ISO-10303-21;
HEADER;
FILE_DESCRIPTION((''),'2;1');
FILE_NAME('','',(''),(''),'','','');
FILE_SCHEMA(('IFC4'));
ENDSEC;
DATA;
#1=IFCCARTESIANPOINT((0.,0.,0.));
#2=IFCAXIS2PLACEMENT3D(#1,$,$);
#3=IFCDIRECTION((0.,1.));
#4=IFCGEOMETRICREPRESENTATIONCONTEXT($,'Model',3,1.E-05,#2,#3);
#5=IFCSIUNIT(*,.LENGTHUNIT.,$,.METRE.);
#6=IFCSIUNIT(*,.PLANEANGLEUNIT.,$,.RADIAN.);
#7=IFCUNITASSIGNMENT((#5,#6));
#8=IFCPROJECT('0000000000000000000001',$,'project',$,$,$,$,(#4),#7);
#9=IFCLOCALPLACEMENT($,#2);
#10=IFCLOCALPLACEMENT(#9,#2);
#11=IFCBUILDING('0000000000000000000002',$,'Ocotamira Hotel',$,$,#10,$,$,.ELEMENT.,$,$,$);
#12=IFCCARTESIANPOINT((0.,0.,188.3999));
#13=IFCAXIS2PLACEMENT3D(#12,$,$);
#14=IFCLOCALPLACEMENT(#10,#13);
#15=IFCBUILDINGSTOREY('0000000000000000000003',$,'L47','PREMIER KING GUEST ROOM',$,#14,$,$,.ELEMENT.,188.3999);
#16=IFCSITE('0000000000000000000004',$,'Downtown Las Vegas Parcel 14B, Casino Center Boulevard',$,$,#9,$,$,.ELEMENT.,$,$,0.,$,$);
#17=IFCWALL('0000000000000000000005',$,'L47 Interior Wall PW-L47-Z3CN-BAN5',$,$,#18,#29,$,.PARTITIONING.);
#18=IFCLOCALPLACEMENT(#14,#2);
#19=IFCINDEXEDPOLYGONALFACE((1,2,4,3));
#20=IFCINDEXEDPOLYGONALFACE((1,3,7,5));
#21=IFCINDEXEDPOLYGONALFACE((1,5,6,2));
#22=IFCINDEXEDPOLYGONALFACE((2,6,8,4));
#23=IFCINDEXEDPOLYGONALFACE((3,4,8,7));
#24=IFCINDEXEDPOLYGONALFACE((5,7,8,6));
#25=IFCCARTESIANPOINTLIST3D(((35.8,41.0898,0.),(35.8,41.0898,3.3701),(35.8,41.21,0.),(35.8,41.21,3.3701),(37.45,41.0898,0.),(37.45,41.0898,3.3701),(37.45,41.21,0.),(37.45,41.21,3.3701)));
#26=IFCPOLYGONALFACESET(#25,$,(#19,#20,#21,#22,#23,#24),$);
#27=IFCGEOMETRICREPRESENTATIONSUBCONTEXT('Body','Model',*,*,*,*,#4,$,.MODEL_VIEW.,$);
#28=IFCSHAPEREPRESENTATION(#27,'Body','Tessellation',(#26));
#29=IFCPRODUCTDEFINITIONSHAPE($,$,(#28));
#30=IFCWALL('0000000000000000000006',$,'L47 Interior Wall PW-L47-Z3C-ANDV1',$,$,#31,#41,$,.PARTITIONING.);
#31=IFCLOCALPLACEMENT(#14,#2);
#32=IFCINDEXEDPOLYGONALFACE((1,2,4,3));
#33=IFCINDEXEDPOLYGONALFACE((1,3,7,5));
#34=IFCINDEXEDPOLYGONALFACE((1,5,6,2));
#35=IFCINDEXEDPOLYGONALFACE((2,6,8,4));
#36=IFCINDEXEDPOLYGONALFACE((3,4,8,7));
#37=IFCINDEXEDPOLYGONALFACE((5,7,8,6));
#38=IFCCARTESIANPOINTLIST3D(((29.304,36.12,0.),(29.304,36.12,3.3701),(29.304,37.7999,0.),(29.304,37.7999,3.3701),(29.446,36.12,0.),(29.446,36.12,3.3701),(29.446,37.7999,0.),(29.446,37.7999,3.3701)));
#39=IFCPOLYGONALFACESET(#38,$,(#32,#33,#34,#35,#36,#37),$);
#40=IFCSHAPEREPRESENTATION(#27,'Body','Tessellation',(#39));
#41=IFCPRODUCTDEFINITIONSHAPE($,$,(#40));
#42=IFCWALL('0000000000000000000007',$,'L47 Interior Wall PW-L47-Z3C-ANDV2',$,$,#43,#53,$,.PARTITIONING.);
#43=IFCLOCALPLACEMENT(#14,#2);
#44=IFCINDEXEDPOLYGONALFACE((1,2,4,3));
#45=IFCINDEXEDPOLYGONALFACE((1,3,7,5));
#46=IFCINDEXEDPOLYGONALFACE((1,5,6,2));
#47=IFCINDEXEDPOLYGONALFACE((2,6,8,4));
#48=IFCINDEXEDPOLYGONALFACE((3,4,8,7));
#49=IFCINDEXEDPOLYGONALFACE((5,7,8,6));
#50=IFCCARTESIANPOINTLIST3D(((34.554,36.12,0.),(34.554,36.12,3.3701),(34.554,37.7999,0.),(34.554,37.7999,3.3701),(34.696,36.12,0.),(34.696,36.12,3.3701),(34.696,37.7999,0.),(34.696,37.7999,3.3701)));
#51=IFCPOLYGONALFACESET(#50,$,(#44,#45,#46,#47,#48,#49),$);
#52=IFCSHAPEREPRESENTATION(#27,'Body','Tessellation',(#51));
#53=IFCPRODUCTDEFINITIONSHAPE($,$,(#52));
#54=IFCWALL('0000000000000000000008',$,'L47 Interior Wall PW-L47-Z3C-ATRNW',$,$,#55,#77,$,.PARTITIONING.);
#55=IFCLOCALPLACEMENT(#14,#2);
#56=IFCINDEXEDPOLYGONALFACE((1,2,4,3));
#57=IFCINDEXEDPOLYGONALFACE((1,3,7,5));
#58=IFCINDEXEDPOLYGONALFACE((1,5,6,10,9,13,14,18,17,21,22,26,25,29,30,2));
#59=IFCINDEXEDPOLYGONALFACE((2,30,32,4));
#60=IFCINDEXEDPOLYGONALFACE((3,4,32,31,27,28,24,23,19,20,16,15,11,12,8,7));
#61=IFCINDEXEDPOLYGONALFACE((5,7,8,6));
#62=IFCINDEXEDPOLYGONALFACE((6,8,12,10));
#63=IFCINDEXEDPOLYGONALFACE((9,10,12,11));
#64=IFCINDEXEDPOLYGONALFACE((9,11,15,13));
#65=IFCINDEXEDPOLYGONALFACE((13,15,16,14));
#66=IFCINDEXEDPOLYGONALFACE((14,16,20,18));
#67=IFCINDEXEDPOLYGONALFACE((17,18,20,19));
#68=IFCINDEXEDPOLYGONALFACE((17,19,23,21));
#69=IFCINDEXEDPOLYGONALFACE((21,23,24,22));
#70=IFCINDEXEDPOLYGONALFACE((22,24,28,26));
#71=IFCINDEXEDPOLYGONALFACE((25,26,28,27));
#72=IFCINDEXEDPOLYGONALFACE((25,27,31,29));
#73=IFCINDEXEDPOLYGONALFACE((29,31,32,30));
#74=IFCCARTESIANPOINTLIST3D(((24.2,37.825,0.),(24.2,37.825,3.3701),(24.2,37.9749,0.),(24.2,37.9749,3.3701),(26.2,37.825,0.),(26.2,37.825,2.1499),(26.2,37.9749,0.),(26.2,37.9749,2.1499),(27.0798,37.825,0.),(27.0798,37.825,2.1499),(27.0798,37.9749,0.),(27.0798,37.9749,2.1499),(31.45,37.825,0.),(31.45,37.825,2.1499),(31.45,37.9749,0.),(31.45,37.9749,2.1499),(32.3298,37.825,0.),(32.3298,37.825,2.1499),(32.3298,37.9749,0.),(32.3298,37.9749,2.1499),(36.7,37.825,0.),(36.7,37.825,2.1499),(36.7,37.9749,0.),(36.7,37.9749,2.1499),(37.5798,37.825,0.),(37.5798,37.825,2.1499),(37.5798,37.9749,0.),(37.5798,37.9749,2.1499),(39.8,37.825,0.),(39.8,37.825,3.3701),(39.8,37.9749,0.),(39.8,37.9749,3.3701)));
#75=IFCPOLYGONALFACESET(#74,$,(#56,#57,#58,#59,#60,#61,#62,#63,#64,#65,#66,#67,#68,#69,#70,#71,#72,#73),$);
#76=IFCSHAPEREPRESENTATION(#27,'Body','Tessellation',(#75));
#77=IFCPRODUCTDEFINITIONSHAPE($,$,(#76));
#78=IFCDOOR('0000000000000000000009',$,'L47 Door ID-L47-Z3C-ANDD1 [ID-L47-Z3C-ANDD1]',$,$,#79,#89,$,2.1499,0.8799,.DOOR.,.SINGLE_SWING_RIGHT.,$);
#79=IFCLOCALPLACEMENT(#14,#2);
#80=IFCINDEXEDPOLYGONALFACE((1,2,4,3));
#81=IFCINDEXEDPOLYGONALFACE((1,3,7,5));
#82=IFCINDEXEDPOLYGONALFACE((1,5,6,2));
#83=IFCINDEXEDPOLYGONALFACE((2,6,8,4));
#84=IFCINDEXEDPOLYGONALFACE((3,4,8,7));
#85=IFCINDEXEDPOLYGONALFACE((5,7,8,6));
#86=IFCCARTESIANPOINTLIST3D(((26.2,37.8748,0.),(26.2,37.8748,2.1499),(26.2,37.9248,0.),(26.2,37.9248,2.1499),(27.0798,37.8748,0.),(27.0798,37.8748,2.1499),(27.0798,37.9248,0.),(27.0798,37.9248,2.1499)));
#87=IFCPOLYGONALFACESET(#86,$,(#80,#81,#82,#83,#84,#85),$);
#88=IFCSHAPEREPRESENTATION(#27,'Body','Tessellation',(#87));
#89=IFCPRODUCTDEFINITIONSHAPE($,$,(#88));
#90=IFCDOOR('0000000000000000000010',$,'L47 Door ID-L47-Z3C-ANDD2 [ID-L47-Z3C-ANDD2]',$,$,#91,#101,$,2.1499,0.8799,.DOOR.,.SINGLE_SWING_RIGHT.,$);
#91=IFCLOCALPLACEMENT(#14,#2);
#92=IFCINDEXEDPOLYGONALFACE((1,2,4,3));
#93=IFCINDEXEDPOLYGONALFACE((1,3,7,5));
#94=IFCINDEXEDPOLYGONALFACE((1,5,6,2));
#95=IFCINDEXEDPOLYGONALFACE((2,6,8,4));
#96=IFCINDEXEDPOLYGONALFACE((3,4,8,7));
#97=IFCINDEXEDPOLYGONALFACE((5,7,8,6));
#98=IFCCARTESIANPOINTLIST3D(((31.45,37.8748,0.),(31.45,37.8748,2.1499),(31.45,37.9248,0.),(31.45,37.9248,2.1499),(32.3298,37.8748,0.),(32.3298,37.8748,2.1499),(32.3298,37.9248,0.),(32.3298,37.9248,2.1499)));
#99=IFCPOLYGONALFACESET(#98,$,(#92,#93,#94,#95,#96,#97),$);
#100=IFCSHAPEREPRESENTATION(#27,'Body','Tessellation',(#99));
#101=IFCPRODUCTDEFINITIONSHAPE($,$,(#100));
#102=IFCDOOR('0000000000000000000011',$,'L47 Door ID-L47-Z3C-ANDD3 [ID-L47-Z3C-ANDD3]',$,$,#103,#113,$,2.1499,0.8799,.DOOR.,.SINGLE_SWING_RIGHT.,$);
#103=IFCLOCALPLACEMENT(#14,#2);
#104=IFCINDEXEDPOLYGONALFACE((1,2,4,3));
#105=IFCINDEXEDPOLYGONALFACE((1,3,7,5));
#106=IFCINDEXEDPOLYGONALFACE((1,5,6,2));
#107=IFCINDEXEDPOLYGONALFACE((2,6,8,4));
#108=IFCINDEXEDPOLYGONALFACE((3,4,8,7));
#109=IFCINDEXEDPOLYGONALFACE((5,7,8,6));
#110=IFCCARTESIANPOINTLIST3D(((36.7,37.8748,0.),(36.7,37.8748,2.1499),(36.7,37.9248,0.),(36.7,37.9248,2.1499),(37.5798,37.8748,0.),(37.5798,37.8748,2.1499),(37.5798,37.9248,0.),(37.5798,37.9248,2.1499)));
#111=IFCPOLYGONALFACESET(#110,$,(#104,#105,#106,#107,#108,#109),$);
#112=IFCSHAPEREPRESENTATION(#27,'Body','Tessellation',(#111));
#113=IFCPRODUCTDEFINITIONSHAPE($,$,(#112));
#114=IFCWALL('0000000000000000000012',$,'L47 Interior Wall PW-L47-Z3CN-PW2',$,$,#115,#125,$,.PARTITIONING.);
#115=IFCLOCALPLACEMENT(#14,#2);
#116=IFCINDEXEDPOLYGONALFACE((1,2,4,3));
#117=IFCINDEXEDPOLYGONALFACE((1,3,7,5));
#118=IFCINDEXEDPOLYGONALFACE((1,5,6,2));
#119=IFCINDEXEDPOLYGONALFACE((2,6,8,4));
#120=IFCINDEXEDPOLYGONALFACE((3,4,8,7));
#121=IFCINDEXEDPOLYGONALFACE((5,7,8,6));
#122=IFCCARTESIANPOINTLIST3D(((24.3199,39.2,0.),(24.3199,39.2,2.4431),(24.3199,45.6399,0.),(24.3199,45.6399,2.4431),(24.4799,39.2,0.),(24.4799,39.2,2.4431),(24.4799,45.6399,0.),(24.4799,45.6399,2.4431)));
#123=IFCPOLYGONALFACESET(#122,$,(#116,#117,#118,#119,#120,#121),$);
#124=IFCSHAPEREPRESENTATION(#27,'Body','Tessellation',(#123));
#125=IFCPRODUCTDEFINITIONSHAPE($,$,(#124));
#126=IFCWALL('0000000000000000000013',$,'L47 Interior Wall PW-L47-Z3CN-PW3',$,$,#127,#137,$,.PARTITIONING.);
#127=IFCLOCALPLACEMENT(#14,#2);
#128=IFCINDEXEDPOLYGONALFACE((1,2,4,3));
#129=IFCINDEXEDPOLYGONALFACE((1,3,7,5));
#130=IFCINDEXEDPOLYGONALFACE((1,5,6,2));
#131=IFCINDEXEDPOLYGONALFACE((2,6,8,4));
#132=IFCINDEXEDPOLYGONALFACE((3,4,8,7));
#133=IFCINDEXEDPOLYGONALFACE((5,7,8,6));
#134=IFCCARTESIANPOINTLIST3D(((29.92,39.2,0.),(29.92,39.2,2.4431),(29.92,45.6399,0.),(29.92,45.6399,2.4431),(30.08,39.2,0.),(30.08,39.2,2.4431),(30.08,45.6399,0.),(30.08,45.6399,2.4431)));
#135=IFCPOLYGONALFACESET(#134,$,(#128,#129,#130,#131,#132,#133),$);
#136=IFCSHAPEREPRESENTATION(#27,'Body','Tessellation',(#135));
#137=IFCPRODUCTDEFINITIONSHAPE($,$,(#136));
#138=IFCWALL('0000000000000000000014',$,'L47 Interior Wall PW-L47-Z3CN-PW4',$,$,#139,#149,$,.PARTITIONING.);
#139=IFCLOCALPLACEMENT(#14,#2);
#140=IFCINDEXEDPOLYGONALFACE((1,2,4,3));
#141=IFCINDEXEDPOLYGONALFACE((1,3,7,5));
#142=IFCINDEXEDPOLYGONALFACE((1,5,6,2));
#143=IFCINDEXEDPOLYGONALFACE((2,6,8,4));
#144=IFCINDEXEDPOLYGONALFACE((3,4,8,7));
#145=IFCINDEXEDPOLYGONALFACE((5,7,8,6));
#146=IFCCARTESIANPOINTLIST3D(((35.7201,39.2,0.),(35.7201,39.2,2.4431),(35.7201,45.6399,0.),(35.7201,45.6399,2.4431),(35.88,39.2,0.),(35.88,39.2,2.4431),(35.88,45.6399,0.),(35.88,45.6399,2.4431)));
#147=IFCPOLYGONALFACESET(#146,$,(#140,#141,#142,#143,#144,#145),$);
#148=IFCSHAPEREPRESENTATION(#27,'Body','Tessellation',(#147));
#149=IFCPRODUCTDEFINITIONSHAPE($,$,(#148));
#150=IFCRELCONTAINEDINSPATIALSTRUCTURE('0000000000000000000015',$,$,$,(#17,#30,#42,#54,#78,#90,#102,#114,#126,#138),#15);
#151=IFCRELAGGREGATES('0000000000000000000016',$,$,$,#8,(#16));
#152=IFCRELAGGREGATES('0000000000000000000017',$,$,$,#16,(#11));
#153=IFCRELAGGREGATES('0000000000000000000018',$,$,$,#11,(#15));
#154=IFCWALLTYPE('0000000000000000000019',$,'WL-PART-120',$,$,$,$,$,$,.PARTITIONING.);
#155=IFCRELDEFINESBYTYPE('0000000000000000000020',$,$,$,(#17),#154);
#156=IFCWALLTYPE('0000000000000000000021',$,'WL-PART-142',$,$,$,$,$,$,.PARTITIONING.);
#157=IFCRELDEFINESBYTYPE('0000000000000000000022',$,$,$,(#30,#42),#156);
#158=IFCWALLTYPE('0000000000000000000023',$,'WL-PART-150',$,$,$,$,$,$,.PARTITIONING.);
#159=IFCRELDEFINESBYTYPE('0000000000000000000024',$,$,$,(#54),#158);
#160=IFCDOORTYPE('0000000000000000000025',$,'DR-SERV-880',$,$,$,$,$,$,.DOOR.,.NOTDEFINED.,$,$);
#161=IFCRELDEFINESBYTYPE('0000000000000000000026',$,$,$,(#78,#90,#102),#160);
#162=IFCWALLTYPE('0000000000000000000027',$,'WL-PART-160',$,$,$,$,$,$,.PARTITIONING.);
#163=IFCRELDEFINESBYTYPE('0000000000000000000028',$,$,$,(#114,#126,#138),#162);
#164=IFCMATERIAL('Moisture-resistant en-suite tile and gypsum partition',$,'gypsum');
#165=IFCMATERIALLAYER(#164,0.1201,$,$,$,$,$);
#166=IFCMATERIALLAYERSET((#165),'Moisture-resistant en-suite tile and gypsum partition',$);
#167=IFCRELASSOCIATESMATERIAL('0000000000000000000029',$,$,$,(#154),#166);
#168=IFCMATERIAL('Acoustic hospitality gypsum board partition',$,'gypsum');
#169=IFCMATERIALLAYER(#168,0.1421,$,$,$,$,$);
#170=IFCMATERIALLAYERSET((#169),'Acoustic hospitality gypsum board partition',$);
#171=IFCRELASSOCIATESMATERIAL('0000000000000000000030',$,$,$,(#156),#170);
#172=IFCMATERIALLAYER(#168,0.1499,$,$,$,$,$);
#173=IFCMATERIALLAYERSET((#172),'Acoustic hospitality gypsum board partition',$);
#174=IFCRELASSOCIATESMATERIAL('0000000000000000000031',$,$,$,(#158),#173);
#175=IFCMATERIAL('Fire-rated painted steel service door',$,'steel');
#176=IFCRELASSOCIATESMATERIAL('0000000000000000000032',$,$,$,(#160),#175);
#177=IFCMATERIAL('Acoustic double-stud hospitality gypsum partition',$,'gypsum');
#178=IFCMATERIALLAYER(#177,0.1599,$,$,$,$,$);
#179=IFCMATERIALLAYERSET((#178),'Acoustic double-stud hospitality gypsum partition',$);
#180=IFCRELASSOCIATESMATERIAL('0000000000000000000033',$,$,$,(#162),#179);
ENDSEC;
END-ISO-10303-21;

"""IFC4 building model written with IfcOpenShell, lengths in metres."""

from ifc_helpers import new_model, si_unit, direction, frame, frame_2d, origin, place, context, subcontext, project, spatial, rectangle, extrude, source, transform, mapped, material, layer, layer_set, type_object, element, fill, save


model = new_model("IFC4")

# Units and contexts
model_context = context("Model", 3, precision=1e-05, world=origin(), true_north=direction((0.0, 1.0)))
body_context = subcontext(model_context, "Body", "Model", "MODEL_VIEW")
ifc_project = project(units=[si_unit("LENGTHUNIT", "METRE"), si_unit("PLANEANGLEUNIT", "RADIAN")], contexts=[model_context])

# Site, building, storey
site_placement = place(None, origin())
site = spatial("IfcSite", under=ifc_project, at=site_placement, Name="Downtown Las Vegas Parcel 14B, Casino Center Boulevard", CompositionType="ELEMENT", RefElevation=0.0)
building_placement = place(site_placement, origin())
building = spatial("IfcBuilding", under=site, at=building_placement, Name="Ocotamira Hotel", CompositionType="ELEMENT")
storey_placement = place(building_placement, frame((0.0, 0.0, 188.3999)))
storey = spatial("IfcBuildingStorey", under=building, at=storey_placement, Name="L47", Description="PREMIER KING GUEST ROOM", CompositionType="ELEMENT", Elevation=188.3999)

# Walls
ifc_material_1 = material(Name="Moisture-resistant en-suite tile and gypsum partition", Category="gypsum")
ifc_layer_1 = layer(ifc_material_1, 0.1201)
ifc_layer_set_1 = layer_set([ifc_layer_1], Name="Moisture-resistant en-suite tile and gypsum partition")
wall_type_1 = type_object("IfcWallType", Name="WL-PART-120", PredefinedType="PARTITIONING", material=ifc_layer_set_1)
wall_1_placement = place(storey_placement, frame((35.8, 41.1499, 0.0), z_axis=(0.0, 0.0, 1.0), x_axis=(1.0, 0.0, 0.0)))
element("IfcWall", 1, at=wall_1_placement, inside=storey, type_object=wall_type_1, Name="L47 Interior Wall PW-L47-Z3CN-BAN5", PredefinedType="PARTITIONING", context=body_context, shape_type="SweptSolid", body=[
    extrude(rectangle(XDim=1.6499, YDim=0.1201, at=frame_2d((0.825, 0.0))), origin(), (0.0, 0.0, 1.0), 3.3701),
])
ifc_material_2 = material(Name="Acoustic hospitality gypsum board partition", Category="gypsum")
ifc_layer_2 = layer(ifc_material_2, 0.1421)
ifc_layer_set_2 = layer_set([ifc_layer_2], Name="Acoustic hospitality gypsum board partition")
wall_type_2 = type_object("IfcWallType", Name="WL-PART-142", PredefinedType="PARTITIONING", material=ifc_layer_set_2)
for number, where, z_axis, x_axis, name in (
    (2, (29.375, 36.1201, 0.0), (0.0, 0.0, 1.0), (0.0, 1.0, 0.0), "L47 Interior Wall PW-L47-Z3C-ANDV1"),
    (3, (34.625, 36.1201, 0.0), (0.0, 0.0, 1.0), (0.0, 1.0, 0.0), "L47 Interior Wall PW-L47-Z3C-ANDV2"),
):
    element("IfcWall", number, at=place(storey_placement, frame(where, z_axis=z_axis, x_axis=x_axis)), inside=storey, type_object=wall_type_2, Name=name, PredefinedType="PARTITIONING", context=body_context, shape_type="SweptSolid", body=[
        extrude(rectangle(XDim=1.6799, YDim=0.1421, at=frame_2d((0.8398, 0.0))), origin(), (0.0, 0.0, 1.0), 3.3701),
    ])

# Wall, openings, doors
ifc_layer_3 = layer(ifc_material_2, 0.1499)
ifc_layer_set_3 = layer_set([ifc_layer_3], Name="Acoustic hospitality gypsum board partition")
wall_type_3 = type_object("IfcWallType", Name="WL-PART-150", PredefinedType="PARTITIONING", material=ifc_layer_set_3)
wall_2_placement = place(storey_placement, frame((24.2, 37.8999, 0.0), z_axis=(0.0, 0.0, 1.0), x_axis=(1.0, 0.0, 0.0)))
wall_2 = element("IfcWall", 4, at=wall_2_placement, inside=storey, type_object=wall_type_3, Name="L47 Interior Wall PW-L47-Z3C-ATRNW", PredefinedType="PARTITIONING", context=body_context, shape_type="SweptSolid", body=[
    extrude(rectangle(XDim=15.6001, YDim=0.1499, at=frame_2d((7.8, 0.0))), origin(), (0.0, 0.0, 1.0), 3.3701),
])
opening_1_placement = place(wall_2_placement, frame((2.0, 0.0, 0.0)))
opening_1 = element("IfcOpeningElement", 5, at=opening_1_placement, cuts=wall_2, PredefinedType="OPENING", context=body_context, shape_type="SweptSolid", body=[
    extrude(rectangle(XDim=0.8799, YDim=2.1499, at=frame_2d((0.4399, 1.075))), frame((0.0, 0.085, 0.0), z_axis=(0.0, -1.0, 0.0), x_axis=(1.0, 0.0, 0.0)), (0.0, 0.0, 1.0), 0.1699),
])
opening_2_placement = place(wall_2_placement, frame((7.25, 0.0, 0.0)))
opening_2 = element("IfcOpeningElement", 6, at=opening_2_placement, cuts=wall_2, PredefinedType="OPENING", context=body_context, shape_type="SweptSolid", body=[
    extrude(rectangle(XDim=0.8799, YDim=2.1499, at=frame_2d((0.4399, 1.075))), frame((0.0, 0.085, 0.0), z_axis=(0.0, -1.0, 0.0), x_axis=(1.0, 0.0, 0.0)), (0.0, 0.0, 1.0), 0.1699),
])
opening_3_placement = place(wall_2_placement, frame((12.5, 0.0, 0.0)))
opening_3 = element("IfcOpeningElement", 7, at=opening_3_placement, cuts=wall_2, PredefinedType="OPENING", context=body_context, shape_type="SweptSolid", body=[
    extrude(rectangle(XDim=0.8799, YDim=2.1499, at=frame_2d((0.4399, 1.075))), frame((0.0, 0.085, 0.0), z_axis=(0.0, -1.0, 0.0), x_axis=(1.0, 0.0, 0.0)), (0.0, 0.0, 1.0), 0.1699),
])
ifc_material_3 = material(Name="Fire-rated painted steel service door", Category="steel")
door_type = type_object("IfcDoorType", Name="DR-SERV-880", OperationType="NOTDEFINED", PredefinedType="DOOR", material=ifc_material_3)
shared_shape_1 = source(origin(), body_context, "Body", "SweptSolid", [
    extrude(rectangle(XDim=0.8799, YDim=2.1499, at=frame_2d((0.4399, 1.075))), frame((0.0, 0.0249, 0.0), z_axis=(0.0, -1.0, 0.0), x_axis=(1.0, 0.0, 0.0)), (0.0, 0.0, 1.0), 0.05),
])
door_1_placement = place(opening_1_placement, origin())
door_1 = element("IfcDoor", 8, at=door_1_placement, inside=storey, type_object=door_type, Name="L47 Door ID-L47-Z3C-ANDD1 [ID-L47-Z3C-ANDD1]", OperationType="SINGLE_SWING_RIGHT", OverallHeight=2.1499, OverallWidth=0.8799, PredefinedType="DOOR", context=body_context, shape_type="MappedRepresentation", body=[
    mapped(shared_shape_1, transform((0.0, 0.0, 0.0), scale=1.0)),
])
fill(opening_1, door_1)
door_2_placement = place(opening_2_placement, origin())
door_2 = element("IfcDoor", 9, at=door_2_placement, inside=storey, type_object=door_type, Name="L47 Door ID-L47-Z3C-ANDD2 [ID-L47-Z3C-ANDD2]", OperationType="SINGLE_SWING_RIGHT", OverallHeight=2.1499, OverallWidth=0.8799, PredefinedType="DOOR", context=body_context, shape_type="MappedRepresentation", body=[
    mapped(shared_shape_1, transform((0.0, 0.0, 0.0), scale=1.0)),
])
fill(opening_2, door_2)
door_3_placement = place(opening_3_placement, origin())
door_3 = element("IfcDoor", 10, at=door_3_placement, inside=storey, type_object=door_type, Name="L47 Door ID-L47-Z3C-ANDD3 [ID-L47-Z3C-ANDD3]", OperationType="SINGLE_SWING_RIGHT", OverallHeight=2.1499, OverallWidth=0.8799, PredefinedType="DOOR", context=body_context, shape_type="MappedRepresentation", body=[
    mapped(shared_shape_1, transform((0.0, 0.0, 0.0), scale=1.0)),
])
fill(opening_3, door_3)

# Walls
ifc_material_4 = material(Name="Acoustic double-stud hospitality gypsum partition", Category="gypsum")
ifc_layer_4 = layer(ifc_material_4, 0.1599)
ifc_layer_set_4 = layer_set([ifc_layer_4], Name="Acoustic double-stud hospitality gypsum partition")
wall_type_4 = type_object("IfcWallType", Name="WL-PART-160", PredefinedType="PARTITIONING", material=ifc_layer_set_4)
for number, where, z_axis, x_axis, name in (
    (11, (24.3999, 39.2, 0.0), (0.0, 0.0, 1.0), (0.0, 1.0, 0.0), "L47 Interior Wall PW-L47-Z3CN-PW2"),
    (12, (30.0, 39.2, 0.0), (0.0, 0.0, 1.0), (0.0, 1.0, 0.0), "L47 Interior Wall PW-L47-Z3CN-PW3"),
    (13, (35.8, 39.2, 0.0), (0.0, 0.0, 1.0), (0.0, 1.0, 0.0), "L47 Interior Wall PW-L47-Z3CN-PW4"),
):
    element("IfcWall", number, at=place(storey_placement, frame(where, z_axis=z_axis, x_axis=x_axis)), inside=storey, type_object=wall_type_4, Name=name, PredefinedType="PARTITIONING", context=body_context, shape_type="SweptSolid", body=[
        extrude(rectangle(XDim=6.4399, YDim=0.1599, at=frame_2d((3.22, 0.0))), origin(), (0.0, 0.0, 1.0), 2.4431),
    ])

save(model, "model.ifc")
